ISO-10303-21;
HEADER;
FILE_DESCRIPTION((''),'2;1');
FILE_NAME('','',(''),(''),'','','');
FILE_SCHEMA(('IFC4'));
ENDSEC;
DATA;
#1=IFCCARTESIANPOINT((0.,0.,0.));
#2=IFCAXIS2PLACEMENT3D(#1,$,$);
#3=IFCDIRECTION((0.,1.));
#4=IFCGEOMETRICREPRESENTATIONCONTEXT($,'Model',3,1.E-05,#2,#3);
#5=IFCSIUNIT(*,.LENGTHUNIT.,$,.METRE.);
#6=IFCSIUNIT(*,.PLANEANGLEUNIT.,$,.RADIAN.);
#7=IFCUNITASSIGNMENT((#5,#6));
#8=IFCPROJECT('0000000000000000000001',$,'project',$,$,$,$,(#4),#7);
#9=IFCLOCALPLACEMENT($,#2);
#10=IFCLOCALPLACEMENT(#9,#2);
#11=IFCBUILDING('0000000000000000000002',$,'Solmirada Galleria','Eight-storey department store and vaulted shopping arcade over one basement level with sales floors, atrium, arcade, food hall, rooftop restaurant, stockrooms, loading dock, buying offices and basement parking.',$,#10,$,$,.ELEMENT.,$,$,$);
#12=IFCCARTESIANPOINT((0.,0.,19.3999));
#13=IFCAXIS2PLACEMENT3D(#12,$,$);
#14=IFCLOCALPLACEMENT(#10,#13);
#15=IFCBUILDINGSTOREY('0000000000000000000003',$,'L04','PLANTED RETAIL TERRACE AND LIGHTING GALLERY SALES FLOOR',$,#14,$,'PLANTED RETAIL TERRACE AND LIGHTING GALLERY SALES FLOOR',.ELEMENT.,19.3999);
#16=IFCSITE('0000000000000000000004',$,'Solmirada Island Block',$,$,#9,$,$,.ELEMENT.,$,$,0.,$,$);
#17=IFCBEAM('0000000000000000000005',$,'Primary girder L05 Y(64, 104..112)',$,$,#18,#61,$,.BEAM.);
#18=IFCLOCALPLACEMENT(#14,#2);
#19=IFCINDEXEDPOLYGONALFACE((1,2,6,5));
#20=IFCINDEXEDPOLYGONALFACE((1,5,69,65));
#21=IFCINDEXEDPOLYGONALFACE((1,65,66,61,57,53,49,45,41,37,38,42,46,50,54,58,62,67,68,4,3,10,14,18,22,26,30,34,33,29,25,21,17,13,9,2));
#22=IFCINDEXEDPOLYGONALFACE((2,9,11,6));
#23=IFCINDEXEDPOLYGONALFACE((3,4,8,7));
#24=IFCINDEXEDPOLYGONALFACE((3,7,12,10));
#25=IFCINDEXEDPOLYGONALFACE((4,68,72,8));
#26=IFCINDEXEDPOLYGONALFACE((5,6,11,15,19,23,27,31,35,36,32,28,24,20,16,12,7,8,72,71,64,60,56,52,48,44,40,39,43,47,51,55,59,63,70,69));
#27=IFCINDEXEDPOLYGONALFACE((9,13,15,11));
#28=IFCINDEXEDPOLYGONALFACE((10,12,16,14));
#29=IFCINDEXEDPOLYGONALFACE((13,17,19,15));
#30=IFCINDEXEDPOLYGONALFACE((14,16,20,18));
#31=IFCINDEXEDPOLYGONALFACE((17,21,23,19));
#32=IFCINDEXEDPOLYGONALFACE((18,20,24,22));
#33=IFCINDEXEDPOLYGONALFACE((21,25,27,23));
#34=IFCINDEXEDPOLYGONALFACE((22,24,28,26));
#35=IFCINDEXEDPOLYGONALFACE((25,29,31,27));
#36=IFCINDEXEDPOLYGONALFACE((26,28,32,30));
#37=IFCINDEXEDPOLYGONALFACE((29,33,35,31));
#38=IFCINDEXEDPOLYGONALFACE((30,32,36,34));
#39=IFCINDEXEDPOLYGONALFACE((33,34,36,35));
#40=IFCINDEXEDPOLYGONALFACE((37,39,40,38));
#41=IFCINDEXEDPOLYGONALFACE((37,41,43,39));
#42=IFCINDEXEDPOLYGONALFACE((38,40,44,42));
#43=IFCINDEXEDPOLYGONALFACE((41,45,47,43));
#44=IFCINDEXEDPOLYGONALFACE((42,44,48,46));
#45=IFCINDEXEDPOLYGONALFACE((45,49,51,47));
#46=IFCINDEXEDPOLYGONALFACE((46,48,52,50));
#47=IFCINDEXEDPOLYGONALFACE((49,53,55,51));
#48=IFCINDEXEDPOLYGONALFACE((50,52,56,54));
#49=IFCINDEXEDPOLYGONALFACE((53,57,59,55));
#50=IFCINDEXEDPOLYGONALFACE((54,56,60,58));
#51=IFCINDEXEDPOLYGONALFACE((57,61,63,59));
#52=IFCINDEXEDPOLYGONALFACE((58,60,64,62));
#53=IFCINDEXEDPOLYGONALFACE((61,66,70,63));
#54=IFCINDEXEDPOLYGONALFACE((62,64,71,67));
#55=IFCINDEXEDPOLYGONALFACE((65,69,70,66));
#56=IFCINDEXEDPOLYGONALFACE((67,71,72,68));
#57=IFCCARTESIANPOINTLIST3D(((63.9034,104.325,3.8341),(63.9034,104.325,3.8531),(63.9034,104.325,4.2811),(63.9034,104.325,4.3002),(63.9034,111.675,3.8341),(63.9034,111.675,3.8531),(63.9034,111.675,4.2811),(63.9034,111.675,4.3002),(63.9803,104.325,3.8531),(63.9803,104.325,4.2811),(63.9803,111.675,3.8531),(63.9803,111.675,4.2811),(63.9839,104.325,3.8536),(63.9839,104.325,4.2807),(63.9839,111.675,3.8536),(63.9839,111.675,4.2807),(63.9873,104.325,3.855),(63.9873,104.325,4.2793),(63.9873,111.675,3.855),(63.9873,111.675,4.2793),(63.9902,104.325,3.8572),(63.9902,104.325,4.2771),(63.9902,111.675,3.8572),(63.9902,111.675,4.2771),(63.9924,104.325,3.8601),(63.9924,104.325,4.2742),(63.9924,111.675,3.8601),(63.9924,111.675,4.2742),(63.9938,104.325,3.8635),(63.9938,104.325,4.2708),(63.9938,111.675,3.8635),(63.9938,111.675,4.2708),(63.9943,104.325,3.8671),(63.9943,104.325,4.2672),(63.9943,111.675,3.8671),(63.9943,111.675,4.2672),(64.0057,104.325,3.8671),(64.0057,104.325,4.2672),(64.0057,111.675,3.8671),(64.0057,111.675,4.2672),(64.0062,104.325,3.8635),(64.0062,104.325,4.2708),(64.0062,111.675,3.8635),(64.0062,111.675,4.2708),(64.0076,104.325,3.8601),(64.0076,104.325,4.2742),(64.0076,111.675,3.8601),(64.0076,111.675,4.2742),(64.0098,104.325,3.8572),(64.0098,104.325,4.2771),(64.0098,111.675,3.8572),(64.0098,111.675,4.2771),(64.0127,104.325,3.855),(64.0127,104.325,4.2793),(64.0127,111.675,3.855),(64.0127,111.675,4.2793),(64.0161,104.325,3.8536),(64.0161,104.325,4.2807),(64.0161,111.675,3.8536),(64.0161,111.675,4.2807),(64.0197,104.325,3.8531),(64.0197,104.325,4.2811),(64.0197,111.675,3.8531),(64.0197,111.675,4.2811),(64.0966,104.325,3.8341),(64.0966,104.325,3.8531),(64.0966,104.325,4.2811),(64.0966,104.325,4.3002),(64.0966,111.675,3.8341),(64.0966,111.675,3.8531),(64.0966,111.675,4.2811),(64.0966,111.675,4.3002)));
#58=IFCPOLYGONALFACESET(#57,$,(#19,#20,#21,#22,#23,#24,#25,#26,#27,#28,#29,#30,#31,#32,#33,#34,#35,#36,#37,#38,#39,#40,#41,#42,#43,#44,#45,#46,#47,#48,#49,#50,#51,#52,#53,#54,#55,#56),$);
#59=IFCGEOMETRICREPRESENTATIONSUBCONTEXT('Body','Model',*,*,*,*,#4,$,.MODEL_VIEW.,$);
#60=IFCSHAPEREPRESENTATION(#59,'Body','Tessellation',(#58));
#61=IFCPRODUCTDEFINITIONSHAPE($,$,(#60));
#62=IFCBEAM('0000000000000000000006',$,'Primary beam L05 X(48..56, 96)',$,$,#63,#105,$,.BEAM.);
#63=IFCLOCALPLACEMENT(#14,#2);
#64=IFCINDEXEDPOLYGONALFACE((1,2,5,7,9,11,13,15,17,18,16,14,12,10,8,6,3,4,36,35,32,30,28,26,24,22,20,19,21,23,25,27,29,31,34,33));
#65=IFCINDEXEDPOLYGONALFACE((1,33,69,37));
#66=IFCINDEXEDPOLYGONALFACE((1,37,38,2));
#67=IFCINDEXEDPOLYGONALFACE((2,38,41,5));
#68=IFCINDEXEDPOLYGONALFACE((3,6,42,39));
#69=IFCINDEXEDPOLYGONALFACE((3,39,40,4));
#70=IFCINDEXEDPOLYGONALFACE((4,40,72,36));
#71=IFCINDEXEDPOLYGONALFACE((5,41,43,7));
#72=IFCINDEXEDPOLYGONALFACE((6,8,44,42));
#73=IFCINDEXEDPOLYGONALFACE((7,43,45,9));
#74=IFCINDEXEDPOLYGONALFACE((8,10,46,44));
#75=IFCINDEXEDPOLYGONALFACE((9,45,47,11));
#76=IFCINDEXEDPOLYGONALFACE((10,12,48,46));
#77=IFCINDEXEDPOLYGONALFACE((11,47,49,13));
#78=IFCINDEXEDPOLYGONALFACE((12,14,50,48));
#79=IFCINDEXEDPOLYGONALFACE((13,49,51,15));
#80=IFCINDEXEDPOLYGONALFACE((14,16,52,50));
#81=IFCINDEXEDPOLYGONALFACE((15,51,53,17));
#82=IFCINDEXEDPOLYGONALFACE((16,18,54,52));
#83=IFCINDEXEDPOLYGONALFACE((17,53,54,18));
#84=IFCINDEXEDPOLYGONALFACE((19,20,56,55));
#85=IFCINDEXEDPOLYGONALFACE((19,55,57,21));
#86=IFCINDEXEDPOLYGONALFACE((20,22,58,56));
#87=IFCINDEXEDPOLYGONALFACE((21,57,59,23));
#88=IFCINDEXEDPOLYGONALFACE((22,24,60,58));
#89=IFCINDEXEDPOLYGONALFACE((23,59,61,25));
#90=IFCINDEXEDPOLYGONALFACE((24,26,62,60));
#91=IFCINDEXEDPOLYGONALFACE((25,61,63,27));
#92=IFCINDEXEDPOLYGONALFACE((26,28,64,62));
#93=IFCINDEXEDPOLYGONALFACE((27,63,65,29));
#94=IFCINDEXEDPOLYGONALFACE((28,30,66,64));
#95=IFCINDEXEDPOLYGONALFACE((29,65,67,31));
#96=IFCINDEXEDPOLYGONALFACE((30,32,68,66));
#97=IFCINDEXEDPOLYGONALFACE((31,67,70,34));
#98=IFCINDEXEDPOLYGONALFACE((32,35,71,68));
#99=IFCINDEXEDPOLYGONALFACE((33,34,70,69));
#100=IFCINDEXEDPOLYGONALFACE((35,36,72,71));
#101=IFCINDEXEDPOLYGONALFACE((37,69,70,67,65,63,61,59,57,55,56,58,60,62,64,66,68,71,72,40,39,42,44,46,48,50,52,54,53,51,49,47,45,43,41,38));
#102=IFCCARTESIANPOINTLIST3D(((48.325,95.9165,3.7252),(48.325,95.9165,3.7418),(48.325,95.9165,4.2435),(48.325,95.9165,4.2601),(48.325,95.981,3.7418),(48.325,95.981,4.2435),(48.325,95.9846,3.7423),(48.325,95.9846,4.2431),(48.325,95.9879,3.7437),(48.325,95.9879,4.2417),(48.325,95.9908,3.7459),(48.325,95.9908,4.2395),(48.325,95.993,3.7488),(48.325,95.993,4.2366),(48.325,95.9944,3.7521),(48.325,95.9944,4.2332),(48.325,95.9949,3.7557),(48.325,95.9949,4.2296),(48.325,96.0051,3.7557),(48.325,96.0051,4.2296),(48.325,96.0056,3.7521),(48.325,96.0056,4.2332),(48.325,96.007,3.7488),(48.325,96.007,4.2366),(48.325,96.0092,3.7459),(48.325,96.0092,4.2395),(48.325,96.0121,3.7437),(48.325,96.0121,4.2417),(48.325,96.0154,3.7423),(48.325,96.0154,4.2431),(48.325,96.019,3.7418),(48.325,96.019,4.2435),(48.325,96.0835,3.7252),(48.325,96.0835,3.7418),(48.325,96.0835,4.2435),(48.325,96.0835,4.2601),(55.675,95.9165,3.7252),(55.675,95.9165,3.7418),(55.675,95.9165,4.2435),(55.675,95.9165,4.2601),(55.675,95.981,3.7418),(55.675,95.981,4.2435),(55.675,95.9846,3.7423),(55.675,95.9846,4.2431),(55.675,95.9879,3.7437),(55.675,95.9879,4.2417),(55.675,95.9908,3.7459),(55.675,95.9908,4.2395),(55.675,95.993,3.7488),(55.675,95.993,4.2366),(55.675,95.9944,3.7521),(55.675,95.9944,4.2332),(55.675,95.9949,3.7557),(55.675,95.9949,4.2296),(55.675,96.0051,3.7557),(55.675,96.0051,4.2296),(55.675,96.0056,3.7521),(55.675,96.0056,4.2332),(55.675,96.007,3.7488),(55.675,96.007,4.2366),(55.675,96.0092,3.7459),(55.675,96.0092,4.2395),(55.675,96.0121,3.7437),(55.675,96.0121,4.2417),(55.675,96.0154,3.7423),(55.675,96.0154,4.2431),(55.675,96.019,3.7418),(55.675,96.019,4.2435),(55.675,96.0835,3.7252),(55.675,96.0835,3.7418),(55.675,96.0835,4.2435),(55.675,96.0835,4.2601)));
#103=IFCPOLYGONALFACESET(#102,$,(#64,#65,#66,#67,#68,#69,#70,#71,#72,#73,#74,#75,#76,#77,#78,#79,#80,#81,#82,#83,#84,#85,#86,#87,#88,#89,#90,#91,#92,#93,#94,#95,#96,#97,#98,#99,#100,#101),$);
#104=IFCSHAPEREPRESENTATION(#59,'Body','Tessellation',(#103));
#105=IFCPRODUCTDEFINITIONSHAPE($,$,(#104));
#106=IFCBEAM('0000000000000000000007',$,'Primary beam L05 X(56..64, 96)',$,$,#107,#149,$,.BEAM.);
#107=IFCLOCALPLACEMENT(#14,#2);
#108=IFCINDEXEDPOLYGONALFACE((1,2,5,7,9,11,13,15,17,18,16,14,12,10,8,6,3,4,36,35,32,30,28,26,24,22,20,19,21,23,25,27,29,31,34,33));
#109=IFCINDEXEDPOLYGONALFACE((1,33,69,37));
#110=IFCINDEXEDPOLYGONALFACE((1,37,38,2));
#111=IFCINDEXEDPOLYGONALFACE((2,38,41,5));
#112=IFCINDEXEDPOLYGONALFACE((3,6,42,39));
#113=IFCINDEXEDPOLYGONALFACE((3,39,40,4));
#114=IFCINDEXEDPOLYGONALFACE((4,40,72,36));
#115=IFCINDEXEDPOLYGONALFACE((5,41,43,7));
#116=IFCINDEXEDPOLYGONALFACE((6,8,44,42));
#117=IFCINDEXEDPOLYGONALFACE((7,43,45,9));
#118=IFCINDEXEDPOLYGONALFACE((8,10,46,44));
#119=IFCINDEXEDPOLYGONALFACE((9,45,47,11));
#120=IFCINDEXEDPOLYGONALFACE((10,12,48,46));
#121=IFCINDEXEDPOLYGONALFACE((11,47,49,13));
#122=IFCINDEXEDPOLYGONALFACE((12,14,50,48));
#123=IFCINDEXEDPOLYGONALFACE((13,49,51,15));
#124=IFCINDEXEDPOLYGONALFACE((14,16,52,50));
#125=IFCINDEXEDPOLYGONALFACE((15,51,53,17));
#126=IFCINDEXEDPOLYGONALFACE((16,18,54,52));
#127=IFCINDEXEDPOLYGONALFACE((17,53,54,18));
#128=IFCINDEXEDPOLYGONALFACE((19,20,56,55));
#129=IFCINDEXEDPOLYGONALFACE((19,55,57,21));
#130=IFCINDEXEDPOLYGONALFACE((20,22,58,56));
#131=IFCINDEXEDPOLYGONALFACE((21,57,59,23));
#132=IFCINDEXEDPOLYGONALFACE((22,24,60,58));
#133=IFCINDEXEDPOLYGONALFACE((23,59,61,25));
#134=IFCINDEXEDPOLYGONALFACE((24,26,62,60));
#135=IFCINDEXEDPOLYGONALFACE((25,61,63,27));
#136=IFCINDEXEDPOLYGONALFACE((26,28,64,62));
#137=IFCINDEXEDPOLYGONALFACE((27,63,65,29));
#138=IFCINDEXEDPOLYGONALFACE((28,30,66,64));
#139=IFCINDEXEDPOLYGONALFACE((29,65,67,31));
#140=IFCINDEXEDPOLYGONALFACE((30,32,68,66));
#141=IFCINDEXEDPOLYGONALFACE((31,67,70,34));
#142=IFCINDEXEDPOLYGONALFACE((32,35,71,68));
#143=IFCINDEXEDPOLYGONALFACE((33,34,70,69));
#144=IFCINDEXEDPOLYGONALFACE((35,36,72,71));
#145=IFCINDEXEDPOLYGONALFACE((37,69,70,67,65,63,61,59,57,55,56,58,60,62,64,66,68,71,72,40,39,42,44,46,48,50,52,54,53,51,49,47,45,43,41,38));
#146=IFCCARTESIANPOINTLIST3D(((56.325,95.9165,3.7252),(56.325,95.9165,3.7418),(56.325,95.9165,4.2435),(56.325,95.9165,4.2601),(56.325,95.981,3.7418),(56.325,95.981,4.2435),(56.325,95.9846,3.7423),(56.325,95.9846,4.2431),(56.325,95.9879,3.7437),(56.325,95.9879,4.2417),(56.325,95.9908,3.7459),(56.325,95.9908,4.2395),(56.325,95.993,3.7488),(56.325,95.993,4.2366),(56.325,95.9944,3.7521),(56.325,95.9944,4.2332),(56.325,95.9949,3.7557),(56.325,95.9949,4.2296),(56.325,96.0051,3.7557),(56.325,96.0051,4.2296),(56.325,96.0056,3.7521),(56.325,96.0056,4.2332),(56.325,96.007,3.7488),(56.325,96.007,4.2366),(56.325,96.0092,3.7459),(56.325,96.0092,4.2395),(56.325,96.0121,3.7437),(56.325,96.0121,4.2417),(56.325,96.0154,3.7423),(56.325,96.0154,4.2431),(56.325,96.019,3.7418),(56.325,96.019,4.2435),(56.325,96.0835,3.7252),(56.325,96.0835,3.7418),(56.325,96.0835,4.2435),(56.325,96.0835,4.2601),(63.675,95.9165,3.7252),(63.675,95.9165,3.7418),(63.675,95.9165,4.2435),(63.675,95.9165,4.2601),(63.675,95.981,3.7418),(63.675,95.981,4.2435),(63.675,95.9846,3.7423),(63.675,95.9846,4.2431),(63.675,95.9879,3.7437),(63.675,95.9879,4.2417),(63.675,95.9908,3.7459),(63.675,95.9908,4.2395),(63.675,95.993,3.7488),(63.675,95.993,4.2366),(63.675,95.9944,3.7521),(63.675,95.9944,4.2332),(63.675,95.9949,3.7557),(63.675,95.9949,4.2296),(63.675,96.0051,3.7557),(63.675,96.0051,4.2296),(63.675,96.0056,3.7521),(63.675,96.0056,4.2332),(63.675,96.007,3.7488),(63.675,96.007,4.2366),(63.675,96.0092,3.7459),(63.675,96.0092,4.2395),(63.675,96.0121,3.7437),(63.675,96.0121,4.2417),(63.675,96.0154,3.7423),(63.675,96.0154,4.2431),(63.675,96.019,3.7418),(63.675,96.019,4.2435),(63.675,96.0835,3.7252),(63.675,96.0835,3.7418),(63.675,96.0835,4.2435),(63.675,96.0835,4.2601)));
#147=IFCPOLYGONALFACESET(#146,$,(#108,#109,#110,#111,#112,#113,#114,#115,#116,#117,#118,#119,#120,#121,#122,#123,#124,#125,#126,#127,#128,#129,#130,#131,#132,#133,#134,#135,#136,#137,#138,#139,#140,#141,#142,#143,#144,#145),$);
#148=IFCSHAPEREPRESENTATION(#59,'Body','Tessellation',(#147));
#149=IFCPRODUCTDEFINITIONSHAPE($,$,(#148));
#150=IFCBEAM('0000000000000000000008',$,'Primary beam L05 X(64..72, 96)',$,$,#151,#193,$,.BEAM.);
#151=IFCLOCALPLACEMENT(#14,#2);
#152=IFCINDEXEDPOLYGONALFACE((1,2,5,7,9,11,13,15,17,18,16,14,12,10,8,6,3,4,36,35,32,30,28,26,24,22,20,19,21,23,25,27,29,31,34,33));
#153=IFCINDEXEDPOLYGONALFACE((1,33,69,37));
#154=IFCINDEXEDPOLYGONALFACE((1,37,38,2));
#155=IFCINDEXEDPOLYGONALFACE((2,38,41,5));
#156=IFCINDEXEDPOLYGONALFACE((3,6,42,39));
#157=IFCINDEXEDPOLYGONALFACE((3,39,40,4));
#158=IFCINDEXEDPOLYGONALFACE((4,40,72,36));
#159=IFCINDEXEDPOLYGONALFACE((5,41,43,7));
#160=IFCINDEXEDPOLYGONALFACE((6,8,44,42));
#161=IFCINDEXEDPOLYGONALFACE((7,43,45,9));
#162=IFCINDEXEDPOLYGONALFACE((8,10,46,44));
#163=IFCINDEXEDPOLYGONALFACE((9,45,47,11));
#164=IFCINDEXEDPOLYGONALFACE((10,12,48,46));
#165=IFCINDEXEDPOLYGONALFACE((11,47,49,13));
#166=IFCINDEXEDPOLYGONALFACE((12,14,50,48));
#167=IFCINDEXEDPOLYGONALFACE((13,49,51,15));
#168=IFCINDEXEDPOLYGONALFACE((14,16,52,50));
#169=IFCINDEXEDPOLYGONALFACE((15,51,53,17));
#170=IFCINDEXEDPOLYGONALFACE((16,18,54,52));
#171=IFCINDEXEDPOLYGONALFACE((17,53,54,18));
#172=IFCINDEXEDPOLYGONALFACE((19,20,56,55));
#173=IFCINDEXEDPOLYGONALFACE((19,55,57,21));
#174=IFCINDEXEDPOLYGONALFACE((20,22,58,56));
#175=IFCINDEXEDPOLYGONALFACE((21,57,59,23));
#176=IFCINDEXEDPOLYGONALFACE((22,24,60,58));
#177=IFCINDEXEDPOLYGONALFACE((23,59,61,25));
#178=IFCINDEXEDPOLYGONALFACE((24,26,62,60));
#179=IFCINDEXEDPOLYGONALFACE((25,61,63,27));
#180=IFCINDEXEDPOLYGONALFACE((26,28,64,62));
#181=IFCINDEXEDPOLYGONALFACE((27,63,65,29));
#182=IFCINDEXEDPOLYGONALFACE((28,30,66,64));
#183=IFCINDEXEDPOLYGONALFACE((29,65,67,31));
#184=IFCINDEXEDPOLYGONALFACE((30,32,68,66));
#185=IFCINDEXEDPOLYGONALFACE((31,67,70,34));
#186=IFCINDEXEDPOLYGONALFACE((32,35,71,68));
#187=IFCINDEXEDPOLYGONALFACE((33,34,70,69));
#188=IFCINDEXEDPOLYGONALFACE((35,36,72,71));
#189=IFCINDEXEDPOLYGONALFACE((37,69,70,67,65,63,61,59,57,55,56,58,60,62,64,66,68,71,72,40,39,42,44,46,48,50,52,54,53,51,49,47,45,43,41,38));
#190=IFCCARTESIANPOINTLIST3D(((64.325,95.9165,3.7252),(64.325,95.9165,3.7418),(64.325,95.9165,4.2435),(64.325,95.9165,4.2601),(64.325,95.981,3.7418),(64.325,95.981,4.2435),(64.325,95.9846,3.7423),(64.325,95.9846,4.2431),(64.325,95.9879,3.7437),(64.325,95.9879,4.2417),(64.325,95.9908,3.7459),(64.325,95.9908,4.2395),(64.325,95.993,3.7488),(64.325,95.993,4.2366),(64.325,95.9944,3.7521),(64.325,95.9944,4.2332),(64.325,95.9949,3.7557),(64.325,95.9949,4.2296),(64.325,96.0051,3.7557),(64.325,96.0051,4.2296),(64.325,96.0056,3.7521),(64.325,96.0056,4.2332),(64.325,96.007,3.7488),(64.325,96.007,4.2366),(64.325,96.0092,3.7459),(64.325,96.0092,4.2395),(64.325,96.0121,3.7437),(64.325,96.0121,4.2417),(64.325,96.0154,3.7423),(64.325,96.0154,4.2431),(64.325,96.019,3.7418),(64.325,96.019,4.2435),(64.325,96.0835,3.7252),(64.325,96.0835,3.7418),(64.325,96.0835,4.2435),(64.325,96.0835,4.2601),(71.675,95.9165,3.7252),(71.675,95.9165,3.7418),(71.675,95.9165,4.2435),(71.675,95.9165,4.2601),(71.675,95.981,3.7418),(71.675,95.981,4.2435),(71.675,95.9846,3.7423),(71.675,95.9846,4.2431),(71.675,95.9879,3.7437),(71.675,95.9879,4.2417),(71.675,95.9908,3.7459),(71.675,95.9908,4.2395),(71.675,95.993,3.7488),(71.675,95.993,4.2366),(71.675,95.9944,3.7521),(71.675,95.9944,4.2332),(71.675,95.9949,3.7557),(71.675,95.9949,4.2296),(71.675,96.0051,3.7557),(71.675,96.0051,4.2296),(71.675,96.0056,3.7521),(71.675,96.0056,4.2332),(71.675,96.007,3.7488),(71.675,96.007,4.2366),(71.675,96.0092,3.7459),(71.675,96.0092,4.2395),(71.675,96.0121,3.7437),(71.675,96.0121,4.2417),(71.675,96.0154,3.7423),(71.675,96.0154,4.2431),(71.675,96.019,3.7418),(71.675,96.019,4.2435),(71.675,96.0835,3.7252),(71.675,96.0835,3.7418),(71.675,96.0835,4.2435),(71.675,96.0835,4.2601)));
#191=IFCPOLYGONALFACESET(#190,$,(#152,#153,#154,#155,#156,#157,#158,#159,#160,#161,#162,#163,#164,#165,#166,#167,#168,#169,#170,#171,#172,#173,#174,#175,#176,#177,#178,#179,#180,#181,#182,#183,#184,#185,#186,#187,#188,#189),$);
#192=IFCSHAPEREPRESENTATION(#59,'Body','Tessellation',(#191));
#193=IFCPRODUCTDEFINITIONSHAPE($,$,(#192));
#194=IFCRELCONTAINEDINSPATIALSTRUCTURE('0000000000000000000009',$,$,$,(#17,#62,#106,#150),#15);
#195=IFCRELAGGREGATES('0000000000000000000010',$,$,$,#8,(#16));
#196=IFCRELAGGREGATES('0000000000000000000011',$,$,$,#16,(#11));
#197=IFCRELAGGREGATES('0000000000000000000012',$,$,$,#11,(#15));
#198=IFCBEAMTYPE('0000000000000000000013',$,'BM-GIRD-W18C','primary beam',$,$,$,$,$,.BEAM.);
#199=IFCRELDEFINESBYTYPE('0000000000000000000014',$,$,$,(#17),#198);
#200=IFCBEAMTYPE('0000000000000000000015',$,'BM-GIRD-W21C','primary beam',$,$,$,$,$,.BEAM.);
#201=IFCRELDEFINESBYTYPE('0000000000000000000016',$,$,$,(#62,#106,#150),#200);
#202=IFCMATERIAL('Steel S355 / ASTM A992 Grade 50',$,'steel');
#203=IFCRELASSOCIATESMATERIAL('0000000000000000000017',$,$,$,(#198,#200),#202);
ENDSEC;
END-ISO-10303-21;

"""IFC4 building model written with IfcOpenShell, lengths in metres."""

from ifc_helpers import new_model, si_unit, direction, frame, origin, origin_2d, place, context, subcontext, project, spatial, i_section, extrude, material, material_profile, profile_set, type_object, element, save


model = new_model("IFC4")

# Units and contexts
model_context = context("Model", 3, precision=1e-05, world=origin(), true_north=direction((0.0, 1.0)))
body_context = subcontext(model_context, "Body", "Model", "MODEL_VIEW")
ifc_project = project(units=[si_unit("LENGTHUNIT", "METRE"), si_unit("PLANEANGLEUNIT", "RADIAN")], contexts=[model_context])

# Site, building, storey
site_placement = place(None, origin())
site = spatial("IfcSite", under=ifc_project, at=site_placement, Name="Solmirada Island Block", CompositionType="ELEMENT", RefElevation=0.0)
building_placement = place(site_placement, origin())
building = spatial("IfcBuilding", under=site, at=building_placement, Name="Solmirada Galleria", Description="Eight-storey department store and vaulted shopping arcade over one basement level with sales floors, atrium, arcade, food hall, rooftop restaurant, stockrooms, loading dock, buying offices and basement parking.", CompositionType="ELEMENT")
storey_placement = place(building_placement, frame((0.0, 0.0, 19.3999)))
storey = spatial("IfcBuildingStorey", under=building, at=storey_placement, Name="L04", Description="PLANTED RETAIL TERRACE AND LIGHTING GALLERY SALES FLOOR", LongName="PLANTED RETAIL TERRACE AND LIGHTING GALLERY SALES FLOOR", CompositionType="ELEMENT", Elevation=19.3999)

# Beams
ifc_material_1 = material(Name="Steel S355 / ASTM A992 Grade 50", Category="steel")
ifc_material_profile_1 = material_profile(ifc_material_1, i_section(OverallWidth=0.1931, OverallDepth=0.4661, WebThickness=0.0115, FlangeThickness=0.019, FilletRadius=0.0139, at=origin_2d()), Name="W18X65")
ifc_profile_set_1 = profile_set([ifc_material_profile_1], Name="Steel S355 / ASTM A992 Grade 50")
beam_type_1 = type_object("IfcBeamType", Name="BM-GIRD-W18C", Description="primary beam", PredefinedType="BEAM", material=ifc_profile_set_1)
for number, where, z_axis, x_axis, name in (
    (1, (64.0, 104.325, 4.0671), (0.0, 1.0, 0.0), (-1.0, 0.0, 0.0), "Primary girder L05 Y(64, 104..112)"),
):
    element("IfcBeam", number, at=place(storey_placement, frame(where, z_axis=z_axis, x_axis=x_axis)), inside=storey, type_object=beam_type_1, Name=name, PredefinedType="BEAM", context=body_context, shape_type="SweptSolid", body=[
        extrude(i_section(OverallWidth=0.1931, OverallDepth=0.4661, WebThickness=0.0115, FlangeThickness=0.019, FilletRadius=0.0139, at=origin_2d()), origin(), (0.0, 0.0, 1.0), 7.3501),
    ])
ifc_material_profile_2 = material_profile(ifc_material_1, i_section(OverallWidth=0.167, OverallDepth=0.5349, WebThickness=0.0103, FlangeThickness=0.0166, FilletRadius=0.0139, at=origin_2d()), Name="W21X57")
ifc_profile_set_2 = profile_set([ifc_material_profile_2], Name="Steel S355 / ASTM A992 Grade 50")
beam_type_2 = type_object("IfcBeamType", Name="BM-GIRD-W21C", Description="primary beam", PredefinedType="BEAM", material=ifc_profile_set_2)
for number, where, z_axis, x_axis, name in (
    (2, (48.325, 96.0, 3.9927), (1.0, 0.0, 0.0), (0.0, 1.0, 0.0), "Primary beam L05 X(48..56, 96)"),
    (3, (56.325, 96.0, 3.9927), (1.0, 0.0, 0.0), (0.0, 1.0, 0.0), "Primary beam L05 X(56..64, 96)"),
    (4, (64.325, 96.0, 3.9927), (1.0, 0.0, 0.0), (0.0, 1.0, 0.0), "Primary beam L05 X(64..72, 96)"),
):
    element("IfcBeam", number, at=place(storey_placement, frame(where, z_axis=z_axis, x_axis=x_axis)), inside=storey, type_object=beam_type_2, Name=name, PredefinedType="BEAM", context=body_context, shape_type="SweptSolid", body=[
        extrude(i_section(OverallWidth=0.167, OverallDepth=0.5349, WebThickness=0.0103, FlangeThickness=0.0166, FilletRadius=0.0139, at=origin_2d()), origin(), (0.0, 0.0, 1.0), 7.3501),
    ])

save(model, "model.ifc")
